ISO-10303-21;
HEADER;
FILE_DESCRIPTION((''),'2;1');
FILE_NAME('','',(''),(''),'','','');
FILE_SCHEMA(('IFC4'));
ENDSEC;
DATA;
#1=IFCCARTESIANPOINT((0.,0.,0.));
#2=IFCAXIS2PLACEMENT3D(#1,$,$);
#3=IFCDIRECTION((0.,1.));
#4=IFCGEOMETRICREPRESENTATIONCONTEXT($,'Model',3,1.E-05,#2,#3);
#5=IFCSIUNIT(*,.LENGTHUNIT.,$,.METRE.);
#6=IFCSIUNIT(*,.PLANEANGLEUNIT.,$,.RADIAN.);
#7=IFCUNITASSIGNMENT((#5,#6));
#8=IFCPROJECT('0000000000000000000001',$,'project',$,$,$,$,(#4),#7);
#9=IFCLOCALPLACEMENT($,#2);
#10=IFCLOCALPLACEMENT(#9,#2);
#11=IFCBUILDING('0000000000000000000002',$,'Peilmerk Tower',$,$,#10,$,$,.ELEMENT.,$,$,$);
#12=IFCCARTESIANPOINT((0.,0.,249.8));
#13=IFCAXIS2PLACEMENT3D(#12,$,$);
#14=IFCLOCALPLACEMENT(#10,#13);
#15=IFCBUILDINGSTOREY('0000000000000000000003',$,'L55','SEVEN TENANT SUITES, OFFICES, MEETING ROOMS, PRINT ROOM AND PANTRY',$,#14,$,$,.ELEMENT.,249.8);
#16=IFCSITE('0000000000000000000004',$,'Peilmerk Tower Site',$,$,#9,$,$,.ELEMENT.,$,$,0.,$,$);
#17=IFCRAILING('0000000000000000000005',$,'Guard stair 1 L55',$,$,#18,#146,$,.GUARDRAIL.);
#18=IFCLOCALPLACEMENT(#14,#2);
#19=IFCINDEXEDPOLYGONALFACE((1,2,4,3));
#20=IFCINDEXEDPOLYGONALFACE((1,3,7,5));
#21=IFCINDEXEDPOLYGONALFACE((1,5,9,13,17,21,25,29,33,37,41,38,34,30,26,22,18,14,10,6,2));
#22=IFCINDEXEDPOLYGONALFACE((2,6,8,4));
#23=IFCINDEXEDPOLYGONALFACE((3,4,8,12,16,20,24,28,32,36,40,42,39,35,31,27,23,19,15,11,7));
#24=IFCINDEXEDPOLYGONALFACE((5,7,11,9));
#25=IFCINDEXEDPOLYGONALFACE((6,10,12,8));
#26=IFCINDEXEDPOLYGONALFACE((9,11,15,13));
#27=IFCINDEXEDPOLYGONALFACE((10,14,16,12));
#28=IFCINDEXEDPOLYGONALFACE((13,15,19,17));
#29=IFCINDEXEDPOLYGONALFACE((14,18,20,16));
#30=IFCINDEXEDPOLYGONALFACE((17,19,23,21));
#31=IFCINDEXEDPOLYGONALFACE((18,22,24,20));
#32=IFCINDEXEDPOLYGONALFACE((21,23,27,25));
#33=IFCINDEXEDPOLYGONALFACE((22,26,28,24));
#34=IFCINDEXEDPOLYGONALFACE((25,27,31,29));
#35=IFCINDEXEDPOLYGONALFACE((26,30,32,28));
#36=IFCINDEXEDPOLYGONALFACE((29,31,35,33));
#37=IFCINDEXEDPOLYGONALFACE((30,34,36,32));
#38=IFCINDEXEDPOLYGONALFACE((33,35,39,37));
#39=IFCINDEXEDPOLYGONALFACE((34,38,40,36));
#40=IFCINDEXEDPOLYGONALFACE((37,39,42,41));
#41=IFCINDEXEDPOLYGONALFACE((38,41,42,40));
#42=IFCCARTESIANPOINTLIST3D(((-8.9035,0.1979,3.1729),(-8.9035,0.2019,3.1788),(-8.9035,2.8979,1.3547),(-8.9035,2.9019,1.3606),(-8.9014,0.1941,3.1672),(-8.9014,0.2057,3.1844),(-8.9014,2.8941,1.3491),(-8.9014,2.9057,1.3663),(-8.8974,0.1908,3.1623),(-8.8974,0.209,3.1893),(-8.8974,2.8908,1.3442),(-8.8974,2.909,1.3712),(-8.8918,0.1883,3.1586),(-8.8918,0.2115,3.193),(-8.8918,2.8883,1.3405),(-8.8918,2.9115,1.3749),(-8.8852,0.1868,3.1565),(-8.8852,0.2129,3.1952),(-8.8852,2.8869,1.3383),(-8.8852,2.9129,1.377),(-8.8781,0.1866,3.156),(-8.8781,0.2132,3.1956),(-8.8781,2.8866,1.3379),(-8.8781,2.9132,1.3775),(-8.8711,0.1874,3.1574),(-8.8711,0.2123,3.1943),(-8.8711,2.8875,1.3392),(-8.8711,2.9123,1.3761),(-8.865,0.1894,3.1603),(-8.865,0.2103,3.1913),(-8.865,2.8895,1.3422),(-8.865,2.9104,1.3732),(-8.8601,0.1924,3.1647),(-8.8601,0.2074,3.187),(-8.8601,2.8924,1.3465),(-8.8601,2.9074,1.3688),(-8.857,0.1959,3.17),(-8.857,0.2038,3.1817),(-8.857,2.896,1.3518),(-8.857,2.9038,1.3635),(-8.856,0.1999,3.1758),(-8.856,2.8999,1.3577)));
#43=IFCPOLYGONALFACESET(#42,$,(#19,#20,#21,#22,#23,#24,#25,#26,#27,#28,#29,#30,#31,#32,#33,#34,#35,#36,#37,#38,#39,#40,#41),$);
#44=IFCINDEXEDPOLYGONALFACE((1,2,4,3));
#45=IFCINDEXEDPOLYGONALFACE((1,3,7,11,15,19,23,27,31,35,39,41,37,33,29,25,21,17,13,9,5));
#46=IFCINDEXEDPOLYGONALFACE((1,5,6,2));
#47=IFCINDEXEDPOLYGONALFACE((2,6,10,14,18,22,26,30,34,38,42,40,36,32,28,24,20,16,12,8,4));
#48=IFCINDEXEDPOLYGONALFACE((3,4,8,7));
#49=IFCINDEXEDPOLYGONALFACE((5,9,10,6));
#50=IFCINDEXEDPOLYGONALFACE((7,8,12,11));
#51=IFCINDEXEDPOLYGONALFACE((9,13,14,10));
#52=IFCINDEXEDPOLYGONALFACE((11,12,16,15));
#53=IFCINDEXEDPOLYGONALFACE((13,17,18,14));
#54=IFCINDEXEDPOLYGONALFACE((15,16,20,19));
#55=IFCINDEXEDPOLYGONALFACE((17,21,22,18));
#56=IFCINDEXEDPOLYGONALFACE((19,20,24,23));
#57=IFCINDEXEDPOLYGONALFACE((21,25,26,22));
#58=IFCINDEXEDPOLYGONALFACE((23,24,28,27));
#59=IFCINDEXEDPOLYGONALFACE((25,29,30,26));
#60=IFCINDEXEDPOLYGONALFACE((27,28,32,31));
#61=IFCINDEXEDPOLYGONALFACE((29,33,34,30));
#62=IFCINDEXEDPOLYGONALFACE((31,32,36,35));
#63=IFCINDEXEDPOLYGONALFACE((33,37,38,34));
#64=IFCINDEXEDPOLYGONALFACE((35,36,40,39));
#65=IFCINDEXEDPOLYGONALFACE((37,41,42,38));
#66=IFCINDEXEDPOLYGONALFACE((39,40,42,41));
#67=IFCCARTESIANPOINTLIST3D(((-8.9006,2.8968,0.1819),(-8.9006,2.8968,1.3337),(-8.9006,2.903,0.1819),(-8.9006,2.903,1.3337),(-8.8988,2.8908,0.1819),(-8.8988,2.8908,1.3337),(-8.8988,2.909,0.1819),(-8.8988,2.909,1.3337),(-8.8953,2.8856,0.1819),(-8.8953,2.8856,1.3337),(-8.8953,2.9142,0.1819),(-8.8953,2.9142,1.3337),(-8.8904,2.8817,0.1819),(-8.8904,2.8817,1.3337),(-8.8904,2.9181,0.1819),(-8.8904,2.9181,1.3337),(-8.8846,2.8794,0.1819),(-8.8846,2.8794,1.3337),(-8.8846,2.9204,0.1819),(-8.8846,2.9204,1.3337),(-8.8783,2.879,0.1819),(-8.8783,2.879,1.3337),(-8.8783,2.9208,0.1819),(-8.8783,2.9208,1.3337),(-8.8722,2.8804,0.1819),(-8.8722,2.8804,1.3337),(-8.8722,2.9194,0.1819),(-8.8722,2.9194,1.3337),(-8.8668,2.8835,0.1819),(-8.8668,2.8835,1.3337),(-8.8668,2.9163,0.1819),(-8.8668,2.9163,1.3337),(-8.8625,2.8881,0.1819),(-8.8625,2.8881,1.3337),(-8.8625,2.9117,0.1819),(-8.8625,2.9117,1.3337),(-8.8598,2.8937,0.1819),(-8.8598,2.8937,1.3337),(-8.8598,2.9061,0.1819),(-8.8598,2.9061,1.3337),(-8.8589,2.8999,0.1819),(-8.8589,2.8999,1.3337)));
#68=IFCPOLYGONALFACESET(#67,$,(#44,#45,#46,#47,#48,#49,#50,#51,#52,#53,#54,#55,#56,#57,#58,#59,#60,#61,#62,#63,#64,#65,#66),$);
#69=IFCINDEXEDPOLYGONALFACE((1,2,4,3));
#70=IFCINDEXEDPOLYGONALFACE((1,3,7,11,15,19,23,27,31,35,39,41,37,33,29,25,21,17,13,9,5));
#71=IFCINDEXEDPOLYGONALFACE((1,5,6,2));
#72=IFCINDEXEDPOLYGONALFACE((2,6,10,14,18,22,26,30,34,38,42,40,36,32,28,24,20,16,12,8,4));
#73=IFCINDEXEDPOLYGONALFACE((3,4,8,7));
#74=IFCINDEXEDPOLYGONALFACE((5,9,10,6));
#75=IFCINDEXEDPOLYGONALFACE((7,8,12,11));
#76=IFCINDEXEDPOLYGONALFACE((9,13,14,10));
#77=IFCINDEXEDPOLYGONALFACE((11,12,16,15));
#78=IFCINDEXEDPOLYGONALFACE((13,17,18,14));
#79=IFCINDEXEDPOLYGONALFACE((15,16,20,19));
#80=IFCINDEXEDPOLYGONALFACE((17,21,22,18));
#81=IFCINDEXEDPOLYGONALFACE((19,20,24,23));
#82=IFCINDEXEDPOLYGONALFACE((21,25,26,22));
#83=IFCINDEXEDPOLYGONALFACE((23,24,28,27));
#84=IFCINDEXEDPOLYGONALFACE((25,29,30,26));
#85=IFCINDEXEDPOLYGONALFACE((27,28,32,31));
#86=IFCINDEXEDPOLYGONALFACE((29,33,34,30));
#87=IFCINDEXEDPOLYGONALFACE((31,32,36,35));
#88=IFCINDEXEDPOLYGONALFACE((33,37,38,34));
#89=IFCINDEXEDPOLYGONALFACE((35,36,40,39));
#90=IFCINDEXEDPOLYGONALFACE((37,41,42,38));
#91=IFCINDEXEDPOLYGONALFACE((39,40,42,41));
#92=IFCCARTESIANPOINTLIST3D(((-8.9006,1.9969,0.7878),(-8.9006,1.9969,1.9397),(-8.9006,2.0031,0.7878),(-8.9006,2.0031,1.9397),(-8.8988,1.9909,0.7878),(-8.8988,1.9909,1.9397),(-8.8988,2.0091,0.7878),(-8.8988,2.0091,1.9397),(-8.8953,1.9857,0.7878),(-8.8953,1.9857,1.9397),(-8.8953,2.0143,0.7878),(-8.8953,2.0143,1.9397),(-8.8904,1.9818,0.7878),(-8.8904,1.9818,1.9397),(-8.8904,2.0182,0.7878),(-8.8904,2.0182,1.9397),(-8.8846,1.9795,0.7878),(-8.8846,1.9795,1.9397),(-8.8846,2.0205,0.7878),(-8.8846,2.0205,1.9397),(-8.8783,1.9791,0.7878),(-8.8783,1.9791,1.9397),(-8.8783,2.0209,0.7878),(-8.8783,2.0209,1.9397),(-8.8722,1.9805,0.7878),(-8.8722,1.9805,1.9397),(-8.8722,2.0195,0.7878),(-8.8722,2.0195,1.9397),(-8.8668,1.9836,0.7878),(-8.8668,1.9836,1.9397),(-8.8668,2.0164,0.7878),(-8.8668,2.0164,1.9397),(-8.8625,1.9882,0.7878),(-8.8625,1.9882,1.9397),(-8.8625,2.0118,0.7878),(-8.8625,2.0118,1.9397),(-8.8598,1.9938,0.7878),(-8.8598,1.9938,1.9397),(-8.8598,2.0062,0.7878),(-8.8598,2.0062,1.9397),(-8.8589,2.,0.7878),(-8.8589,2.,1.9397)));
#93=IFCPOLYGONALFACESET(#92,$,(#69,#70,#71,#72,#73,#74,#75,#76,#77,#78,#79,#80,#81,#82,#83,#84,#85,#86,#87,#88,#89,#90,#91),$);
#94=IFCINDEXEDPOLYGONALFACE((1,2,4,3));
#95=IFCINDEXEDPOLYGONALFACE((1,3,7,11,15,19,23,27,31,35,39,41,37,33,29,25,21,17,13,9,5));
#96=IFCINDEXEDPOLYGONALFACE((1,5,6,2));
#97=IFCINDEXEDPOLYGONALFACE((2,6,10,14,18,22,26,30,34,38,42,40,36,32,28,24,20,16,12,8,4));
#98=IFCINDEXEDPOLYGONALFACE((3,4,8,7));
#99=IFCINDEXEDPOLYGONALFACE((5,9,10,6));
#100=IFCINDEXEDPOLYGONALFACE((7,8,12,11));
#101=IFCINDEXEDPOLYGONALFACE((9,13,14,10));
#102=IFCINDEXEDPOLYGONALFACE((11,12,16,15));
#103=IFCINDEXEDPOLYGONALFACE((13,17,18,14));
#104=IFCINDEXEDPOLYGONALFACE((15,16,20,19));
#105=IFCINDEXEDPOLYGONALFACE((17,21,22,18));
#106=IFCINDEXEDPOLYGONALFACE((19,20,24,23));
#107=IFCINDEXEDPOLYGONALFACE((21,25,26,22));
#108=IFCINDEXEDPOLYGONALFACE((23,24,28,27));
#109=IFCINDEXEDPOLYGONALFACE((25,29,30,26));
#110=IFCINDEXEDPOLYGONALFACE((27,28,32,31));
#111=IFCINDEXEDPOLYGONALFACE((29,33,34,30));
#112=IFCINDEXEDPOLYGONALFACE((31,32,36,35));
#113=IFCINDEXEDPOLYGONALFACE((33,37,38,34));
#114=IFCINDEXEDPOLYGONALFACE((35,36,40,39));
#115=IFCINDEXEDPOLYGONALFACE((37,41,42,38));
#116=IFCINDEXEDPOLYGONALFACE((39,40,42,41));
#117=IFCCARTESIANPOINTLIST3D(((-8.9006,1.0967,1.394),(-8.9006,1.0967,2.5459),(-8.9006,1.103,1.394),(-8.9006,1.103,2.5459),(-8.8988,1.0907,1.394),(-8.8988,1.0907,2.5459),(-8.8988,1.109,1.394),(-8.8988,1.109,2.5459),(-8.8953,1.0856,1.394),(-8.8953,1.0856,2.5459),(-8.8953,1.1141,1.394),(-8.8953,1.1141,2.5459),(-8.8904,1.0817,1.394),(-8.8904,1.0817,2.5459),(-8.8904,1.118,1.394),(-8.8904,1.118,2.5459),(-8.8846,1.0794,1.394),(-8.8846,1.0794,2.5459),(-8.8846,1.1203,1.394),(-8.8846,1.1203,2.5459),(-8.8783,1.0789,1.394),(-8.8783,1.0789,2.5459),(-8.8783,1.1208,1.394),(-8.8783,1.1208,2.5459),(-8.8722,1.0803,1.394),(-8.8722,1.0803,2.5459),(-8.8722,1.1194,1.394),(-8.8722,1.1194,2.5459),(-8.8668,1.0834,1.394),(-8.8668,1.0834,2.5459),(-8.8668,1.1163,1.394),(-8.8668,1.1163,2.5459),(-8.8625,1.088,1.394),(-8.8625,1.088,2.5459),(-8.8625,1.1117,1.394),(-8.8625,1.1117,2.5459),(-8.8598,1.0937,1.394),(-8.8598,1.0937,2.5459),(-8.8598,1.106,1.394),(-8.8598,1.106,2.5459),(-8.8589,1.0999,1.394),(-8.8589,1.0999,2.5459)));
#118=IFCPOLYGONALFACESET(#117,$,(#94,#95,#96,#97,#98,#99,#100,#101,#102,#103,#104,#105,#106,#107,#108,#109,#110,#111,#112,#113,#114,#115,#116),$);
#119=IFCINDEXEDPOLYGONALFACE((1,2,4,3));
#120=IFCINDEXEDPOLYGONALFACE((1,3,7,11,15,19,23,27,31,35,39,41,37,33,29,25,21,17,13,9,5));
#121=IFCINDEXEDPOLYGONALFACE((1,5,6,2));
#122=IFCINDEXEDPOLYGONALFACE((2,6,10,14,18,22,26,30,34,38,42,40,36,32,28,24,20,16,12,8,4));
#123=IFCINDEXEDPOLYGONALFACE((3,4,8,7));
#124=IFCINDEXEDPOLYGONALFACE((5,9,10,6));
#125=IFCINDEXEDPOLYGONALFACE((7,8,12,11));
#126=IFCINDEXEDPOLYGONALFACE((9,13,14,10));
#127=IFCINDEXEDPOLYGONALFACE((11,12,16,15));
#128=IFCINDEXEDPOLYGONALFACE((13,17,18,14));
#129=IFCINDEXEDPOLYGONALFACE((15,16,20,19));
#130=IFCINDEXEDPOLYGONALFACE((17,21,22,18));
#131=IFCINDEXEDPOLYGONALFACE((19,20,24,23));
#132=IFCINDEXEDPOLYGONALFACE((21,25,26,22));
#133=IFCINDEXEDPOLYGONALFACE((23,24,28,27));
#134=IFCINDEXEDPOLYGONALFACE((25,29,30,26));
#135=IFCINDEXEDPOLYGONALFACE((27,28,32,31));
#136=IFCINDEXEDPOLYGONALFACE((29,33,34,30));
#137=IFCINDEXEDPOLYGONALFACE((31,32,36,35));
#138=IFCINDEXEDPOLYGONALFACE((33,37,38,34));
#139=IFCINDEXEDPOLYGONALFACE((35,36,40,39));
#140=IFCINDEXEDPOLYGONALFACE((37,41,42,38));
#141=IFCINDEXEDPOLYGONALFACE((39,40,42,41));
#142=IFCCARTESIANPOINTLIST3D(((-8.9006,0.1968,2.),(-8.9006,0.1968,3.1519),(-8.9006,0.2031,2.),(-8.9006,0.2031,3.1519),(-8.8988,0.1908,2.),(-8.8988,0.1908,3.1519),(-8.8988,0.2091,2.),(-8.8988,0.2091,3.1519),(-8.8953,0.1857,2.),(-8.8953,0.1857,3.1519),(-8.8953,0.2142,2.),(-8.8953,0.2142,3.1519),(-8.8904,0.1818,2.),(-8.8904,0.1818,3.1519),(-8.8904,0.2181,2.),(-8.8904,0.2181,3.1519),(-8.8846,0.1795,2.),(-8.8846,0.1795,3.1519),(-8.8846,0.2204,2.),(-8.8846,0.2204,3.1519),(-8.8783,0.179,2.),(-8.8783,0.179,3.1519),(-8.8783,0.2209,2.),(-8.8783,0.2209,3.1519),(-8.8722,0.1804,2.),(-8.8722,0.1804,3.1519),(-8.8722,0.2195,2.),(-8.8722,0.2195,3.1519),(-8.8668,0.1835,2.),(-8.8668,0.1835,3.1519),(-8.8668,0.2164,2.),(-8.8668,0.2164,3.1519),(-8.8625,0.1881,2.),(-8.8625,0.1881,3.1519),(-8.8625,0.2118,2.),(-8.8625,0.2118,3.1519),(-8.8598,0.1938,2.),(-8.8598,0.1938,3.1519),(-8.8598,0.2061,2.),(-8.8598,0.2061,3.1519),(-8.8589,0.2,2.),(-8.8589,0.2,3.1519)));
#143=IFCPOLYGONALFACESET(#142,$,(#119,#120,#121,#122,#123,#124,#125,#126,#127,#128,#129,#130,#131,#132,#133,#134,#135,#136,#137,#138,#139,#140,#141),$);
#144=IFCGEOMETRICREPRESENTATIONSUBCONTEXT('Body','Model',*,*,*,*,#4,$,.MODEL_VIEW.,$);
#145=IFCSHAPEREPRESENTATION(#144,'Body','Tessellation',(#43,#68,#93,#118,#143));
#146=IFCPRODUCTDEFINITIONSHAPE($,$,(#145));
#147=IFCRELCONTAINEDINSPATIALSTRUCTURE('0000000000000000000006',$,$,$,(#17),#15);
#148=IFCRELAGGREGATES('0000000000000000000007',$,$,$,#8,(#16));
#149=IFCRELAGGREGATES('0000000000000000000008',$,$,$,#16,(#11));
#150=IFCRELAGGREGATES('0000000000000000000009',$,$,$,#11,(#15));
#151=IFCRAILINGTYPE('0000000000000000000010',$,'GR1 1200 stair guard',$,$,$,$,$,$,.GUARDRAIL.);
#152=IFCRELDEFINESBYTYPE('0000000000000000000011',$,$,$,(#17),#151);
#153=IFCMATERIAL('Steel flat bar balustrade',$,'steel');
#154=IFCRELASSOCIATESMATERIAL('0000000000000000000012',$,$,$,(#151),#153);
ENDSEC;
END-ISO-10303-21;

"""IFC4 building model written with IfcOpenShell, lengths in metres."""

from ifc_helpers import new_model, si_unit, direction, frame, origin, origin_2d, place, context, subcontext, project, spatial, circle, extrude, material, type_object, element, save


model = new_model("IFC4")

# Units and contexts
model_context = context("Model", 3, precision=1e-05, world=origin(), true_north=direction((0.0, 1.0)))
body_context = subcontext(model_context, "Body", "Model", "MODEL_VIEW")
ifc_project = project(units=[si_unit("LENGTHUNIT", "METRE"), si_unit("PLANEANGLEUNIT", "RADIAN")], contexts=[model_context])

# Site, building, storey
site_placement = place(None, origin())
site = spatial("IfcSite", under=ifc_project, at=site_placement, Name="Peilmerk Tower Site", CompositionType="ELEMENT", RefElevation=0.0)
building_placement = place(site_placement, origin())
building = spatial("IfcBuilding", under=site, at=building_placement, Name="Peilmerk Tower", CompositionType="ELEMENT")
storey_placement = place(building_placement, frame((0.0, 0.0, 249.8)))
storey = spatial("IfcBuildingStorey", under=building, at=storey_placement, Name="L55", Description="SEVEN TENANT SUITES, OFFICES, MEETING ROOMS, PRINT ROOM AND PANTRY", CompositionType="ELEMENT", Elevation=249.8)

# Railing
ifc_material_1 = material(Name="Steel flat bar balustrade", Category="steel")
railing_type_1 = type_object("IfcRailingType", Name="GR1 1200 stair guard", PredefinedType="GUARDRAIL", material=ifc_material_1)
railing_1_placement = place(storey_placement, frame((-8.8799, 2.8999, 0.1819)))
element("IfcRailing", 1, at=railing_1_placement, inside=storey, type_object=railing_type_1, Name="Guard stair 1 L55", PredefinedType="GUARDRAIL", context=body_context, shape_type="SweptSolid", body=[
    extrude(circle(Radius=0.0239, at=origin_2d()), frame((0.0, 0.0, 1.1758), z_axis=(0.0, -0.829468, 0.558554), x_axis=(1.0, 0.0, 0.0)), (0.0, 0.0, 1.0), 3.2551),
    extrude(circle(Radius=0.021, at=origin_2d()), origin(), (0.0, 0.0, 1.0), 1.1519),
    extrude(circle(Radius=0.021, at=origin_2d()), frame((0.0, -0.8999, 0.606)), (0.0, 0.0, 1.0), 1.1519),
    extrude(circle(Radius=0.021, at=origin_2d()), frame((0.0, -1.8, 1.2122)), (0.0, 0.0, 1.0), 1.1519),
    extrude(circle(Radius=0.021, at=origin_2d()), frame((0.0, -2.7, 1.8181)), (0.0, 0.0, 1.0), 1.1519),
])

save(model, "model.ifc")
